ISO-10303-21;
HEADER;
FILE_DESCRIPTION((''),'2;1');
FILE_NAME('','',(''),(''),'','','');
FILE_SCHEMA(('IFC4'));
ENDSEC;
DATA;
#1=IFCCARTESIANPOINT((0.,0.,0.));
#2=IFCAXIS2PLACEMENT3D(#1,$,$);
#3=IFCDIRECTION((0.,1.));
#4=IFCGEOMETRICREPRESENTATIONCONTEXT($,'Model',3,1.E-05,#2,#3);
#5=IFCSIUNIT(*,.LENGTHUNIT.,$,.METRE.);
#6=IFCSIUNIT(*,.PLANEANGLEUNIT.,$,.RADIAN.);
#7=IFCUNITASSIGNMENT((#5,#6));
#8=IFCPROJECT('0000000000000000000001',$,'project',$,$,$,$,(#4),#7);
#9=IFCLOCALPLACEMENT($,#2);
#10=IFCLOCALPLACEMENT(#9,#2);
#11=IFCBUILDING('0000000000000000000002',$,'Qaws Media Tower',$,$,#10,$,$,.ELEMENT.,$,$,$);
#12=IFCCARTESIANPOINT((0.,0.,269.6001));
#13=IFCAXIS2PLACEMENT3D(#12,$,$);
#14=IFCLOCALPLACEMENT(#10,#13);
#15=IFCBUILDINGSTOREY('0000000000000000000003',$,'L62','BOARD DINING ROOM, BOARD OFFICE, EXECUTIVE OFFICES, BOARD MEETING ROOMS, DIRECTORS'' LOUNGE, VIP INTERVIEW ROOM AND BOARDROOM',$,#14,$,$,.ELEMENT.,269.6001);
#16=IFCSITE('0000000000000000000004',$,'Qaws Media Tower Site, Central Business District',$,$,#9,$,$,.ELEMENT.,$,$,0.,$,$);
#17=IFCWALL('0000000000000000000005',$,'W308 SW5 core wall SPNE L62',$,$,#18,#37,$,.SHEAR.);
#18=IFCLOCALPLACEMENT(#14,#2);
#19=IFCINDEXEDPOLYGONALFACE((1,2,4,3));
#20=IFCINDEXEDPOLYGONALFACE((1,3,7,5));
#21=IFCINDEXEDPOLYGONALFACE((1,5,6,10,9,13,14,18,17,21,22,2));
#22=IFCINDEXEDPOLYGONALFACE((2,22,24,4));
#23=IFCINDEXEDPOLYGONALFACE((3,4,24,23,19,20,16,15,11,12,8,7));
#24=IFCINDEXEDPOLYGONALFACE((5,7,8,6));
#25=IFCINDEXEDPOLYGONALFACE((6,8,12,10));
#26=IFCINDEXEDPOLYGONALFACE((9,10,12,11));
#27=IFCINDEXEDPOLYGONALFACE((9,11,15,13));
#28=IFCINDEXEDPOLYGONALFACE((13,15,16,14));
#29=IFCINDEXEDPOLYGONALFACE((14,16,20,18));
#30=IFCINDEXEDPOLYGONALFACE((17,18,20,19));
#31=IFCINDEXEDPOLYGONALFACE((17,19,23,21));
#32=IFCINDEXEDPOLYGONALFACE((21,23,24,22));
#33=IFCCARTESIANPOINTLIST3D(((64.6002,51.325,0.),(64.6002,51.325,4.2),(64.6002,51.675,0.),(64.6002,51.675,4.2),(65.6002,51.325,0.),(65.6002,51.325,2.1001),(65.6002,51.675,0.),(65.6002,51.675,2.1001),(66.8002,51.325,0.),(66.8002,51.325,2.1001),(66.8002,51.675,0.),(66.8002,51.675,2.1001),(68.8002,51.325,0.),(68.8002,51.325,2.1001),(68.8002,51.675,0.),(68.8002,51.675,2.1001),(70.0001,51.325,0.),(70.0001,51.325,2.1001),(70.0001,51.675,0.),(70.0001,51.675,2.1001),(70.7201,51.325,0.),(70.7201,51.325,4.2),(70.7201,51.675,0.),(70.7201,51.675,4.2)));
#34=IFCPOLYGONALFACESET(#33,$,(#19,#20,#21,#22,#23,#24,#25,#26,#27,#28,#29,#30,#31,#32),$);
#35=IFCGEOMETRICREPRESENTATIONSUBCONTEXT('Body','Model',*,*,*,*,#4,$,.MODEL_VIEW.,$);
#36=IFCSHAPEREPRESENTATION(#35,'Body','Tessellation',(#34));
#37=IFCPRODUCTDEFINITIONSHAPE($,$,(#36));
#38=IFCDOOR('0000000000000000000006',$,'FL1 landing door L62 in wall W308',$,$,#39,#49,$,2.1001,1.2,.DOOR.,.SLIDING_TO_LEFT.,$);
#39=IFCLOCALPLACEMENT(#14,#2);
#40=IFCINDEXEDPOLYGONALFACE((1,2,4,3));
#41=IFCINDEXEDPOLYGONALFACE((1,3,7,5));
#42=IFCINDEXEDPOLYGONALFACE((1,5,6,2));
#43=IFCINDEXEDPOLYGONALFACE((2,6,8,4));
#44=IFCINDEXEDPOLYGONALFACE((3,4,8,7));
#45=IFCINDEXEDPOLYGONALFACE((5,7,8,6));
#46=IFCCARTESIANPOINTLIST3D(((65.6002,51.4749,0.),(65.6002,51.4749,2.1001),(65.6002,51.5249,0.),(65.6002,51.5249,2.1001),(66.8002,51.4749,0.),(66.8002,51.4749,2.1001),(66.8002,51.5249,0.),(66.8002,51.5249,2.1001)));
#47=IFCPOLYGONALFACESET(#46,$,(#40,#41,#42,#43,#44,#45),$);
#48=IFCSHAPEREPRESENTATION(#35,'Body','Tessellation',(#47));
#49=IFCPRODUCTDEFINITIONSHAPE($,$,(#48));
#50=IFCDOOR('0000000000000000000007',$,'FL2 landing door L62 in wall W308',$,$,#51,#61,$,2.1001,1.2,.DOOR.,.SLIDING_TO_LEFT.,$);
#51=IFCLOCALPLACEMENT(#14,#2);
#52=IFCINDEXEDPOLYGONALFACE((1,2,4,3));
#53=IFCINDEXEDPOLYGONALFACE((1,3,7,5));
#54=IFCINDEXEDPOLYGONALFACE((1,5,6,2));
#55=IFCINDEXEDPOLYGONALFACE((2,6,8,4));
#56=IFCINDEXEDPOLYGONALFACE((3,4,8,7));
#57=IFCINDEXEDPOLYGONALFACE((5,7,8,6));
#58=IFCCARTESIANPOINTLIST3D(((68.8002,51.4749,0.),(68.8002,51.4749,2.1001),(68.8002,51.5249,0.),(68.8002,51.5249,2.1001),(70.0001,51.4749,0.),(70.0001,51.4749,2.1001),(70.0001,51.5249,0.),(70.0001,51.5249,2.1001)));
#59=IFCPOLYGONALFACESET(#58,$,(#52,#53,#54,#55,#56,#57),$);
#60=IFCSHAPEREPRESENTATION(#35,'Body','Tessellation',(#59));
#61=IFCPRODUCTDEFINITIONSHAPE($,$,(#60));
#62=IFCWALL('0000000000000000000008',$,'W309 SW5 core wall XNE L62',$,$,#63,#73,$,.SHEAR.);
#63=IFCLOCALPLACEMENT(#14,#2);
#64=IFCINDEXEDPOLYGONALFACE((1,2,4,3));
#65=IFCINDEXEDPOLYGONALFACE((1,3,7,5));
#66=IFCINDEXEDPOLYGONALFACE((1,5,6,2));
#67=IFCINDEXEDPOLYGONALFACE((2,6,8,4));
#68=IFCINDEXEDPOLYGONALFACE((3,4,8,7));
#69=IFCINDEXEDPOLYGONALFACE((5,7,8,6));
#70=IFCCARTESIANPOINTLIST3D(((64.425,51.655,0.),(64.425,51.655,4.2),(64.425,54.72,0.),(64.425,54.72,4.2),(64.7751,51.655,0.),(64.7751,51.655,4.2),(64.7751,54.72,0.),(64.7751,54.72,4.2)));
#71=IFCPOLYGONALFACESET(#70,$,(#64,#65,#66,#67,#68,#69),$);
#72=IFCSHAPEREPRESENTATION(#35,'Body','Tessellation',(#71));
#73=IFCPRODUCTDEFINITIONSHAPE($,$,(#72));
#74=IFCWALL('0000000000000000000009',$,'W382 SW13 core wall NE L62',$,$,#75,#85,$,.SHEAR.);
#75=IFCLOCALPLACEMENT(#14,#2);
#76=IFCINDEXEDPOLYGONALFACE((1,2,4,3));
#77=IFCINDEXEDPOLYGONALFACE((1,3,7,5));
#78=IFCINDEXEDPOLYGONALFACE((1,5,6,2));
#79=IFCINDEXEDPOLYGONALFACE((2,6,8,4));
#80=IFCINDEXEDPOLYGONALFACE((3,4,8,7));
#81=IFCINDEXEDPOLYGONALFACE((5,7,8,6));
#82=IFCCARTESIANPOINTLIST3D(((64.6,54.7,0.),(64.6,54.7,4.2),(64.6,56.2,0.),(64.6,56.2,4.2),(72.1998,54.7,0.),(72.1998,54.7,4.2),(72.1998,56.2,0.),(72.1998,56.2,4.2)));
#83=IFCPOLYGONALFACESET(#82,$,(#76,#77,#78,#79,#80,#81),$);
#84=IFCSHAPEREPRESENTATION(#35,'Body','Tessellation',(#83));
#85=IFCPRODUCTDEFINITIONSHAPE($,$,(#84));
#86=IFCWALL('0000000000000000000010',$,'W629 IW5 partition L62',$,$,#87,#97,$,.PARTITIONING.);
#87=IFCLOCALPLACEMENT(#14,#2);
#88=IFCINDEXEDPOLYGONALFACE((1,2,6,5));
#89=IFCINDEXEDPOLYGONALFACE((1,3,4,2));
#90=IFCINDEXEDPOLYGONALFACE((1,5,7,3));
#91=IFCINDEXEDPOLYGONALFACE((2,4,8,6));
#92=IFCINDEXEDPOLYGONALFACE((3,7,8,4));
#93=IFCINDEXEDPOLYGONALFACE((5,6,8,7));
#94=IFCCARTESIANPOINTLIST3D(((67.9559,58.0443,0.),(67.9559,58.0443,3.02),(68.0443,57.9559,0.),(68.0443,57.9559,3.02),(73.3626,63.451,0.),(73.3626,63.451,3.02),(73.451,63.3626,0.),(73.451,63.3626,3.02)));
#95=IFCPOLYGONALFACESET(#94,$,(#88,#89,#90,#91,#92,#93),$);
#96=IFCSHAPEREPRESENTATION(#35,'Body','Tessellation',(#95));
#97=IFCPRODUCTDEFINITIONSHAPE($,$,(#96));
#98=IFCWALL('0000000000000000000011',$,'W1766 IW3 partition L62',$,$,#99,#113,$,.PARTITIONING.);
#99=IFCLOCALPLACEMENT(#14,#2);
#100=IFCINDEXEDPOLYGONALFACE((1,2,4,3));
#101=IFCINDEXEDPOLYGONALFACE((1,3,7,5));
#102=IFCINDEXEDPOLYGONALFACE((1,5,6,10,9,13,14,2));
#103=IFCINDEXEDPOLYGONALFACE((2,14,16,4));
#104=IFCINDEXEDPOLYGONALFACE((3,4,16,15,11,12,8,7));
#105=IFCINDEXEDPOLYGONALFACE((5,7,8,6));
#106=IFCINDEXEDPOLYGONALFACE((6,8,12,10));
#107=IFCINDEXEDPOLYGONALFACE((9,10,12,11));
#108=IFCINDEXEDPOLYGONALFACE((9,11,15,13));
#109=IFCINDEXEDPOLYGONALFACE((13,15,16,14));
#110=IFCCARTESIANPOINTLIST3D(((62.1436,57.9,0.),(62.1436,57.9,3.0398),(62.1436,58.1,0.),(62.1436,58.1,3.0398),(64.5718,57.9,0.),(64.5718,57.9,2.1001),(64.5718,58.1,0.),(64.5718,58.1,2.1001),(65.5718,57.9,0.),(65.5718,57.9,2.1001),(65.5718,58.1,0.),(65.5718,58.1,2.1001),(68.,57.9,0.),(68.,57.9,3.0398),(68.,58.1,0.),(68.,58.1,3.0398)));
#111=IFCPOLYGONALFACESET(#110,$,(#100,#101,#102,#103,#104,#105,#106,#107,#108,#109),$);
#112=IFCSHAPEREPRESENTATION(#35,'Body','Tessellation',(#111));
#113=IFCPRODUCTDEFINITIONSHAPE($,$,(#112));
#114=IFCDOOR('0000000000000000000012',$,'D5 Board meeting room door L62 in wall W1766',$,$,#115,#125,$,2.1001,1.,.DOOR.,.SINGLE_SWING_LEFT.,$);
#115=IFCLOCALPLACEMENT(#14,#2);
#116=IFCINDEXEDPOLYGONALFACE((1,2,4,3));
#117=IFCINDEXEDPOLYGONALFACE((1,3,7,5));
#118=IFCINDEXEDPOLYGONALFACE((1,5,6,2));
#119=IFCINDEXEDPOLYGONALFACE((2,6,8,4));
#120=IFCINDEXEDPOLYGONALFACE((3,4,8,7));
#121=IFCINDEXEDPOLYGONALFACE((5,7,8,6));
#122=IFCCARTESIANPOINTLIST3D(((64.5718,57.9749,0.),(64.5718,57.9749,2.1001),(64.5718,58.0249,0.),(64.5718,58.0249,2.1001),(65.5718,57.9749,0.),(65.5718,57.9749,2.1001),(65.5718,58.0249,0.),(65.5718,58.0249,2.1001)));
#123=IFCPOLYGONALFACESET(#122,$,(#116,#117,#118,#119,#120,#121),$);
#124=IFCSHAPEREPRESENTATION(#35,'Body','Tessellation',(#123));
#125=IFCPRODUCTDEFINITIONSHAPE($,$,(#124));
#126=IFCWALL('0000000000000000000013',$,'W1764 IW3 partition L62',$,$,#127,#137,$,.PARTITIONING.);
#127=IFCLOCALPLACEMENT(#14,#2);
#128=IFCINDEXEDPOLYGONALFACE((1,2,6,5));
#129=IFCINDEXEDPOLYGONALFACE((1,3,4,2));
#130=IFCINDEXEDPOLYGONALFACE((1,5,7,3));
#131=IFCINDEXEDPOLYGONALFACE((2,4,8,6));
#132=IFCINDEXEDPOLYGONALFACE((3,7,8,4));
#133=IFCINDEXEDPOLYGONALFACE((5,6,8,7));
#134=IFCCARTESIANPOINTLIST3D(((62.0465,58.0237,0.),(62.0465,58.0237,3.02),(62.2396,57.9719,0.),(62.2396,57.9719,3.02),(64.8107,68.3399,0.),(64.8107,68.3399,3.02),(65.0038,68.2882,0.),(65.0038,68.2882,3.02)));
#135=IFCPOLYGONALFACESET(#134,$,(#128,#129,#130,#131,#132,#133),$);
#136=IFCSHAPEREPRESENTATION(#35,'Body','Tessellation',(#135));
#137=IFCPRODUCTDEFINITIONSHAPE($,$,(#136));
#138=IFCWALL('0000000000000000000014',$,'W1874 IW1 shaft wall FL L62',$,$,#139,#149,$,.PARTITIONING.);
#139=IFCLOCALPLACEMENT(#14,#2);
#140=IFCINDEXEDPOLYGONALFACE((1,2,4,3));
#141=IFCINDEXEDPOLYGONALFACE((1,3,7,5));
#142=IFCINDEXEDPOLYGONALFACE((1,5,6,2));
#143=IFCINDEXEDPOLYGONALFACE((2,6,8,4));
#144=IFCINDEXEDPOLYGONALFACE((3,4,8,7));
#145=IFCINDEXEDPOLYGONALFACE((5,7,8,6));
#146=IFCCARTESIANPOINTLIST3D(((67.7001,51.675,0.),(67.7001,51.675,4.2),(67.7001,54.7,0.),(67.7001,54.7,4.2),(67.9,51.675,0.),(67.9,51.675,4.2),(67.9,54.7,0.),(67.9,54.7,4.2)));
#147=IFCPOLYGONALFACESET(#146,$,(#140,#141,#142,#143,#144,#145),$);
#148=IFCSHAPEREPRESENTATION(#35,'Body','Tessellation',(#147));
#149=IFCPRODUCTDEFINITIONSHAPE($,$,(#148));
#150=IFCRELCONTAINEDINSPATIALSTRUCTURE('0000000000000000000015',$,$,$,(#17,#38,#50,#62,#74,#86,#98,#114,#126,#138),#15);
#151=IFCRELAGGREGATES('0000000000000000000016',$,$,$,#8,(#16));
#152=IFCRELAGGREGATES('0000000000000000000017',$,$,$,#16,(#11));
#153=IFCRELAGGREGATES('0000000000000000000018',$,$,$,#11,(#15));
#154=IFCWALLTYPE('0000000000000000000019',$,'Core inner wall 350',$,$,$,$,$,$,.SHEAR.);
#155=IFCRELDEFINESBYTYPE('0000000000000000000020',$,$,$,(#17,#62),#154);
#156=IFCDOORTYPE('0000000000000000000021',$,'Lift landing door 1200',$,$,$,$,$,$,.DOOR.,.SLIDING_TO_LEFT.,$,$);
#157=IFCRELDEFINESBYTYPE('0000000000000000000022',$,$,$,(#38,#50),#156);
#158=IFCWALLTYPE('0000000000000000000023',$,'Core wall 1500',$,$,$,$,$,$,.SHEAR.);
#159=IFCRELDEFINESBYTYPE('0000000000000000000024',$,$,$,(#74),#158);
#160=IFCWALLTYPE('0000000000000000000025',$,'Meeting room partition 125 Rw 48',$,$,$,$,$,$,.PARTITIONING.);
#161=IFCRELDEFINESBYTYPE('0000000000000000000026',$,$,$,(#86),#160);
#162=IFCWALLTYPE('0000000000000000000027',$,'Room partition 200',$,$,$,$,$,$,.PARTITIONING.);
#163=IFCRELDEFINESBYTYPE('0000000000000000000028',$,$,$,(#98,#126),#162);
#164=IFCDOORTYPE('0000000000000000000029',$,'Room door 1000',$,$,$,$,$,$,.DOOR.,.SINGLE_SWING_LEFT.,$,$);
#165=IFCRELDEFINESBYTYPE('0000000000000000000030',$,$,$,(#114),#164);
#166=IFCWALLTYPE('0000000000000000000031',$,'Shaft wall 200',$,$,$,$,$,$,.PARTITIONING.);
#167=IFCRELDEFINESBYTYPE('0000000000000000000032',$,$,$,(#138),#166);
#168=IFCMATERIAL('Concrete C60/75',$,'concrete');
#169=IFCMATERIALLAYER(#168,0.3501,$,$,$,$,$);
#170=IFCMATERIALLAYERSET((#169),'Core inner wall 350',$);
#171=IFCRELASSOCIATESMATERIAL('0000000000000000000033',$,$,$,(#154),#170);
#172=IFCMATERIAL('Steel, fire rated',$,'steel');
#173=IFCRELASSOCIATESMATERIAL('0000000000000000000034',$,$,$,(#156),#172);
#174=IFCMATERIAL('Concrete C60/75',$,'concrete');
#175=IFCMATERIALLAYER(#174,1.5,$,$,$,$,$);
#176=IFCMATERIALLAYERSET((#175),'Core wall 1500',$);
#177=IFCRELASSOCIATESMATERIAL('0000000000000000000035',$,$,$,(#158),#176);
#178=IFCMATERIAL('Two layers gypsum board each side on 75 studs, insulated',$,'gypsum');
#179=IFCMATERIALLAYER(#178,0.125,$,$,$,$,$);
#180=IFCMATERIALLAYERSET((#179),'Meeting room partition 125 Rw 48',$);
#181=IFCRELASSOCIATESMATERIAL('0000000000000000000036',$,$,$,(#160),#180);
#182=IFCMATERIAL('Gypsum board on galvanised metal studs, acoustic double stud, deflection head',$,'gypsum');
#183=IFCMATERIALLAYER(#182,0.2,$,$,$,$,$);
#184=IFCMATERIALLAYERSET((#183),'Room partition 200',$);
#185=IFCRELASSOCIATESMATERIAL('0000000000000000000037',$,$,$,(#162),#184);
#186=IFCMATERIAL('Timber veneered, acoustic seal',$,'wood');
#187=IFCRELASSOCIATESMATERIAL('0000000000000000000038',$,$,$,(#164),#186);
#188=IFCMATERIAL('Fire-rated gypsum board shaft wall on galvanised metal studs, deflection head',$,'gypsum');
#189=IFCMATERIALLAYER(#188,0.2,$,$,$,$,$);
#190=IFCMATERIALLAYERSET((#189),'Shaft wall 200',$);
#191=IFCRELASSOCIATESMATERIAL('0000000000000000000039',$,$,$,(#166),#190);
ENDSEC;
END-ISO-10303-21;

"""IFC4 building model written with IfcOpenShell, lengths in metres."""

from ifc_helpers import new_model, si_unit, direction, frame, frame_2d, origin, place, context, subcontext, project, spatial, rectangle, extrude, material, layer, layer_set, type_object, element, fill, save


model = new_model("IFC4")

# Units and contexts
model_context = context("Model", 3, precision=1e-05, world=origin(), true_north=direction((0.0, 1.0)))
body_context = subcontext(model_context, "Body", "Model", "MODEL_VIEW")
ifc_project = project(units=[si_unit("LENGTHUNIT", "METRE"), si_unit("PLANEANGLEUNIT", "RADIAN")], contexts=[model_context])

# Site, building, storey
site_placement = place(None, origin())
site = spatial("IfcSite", under=ifc_project, at=site_placement, Name="Qaws Media Tower Site, Central Business District", CompositionType="ELEMENT", RefElevation=0.0)
building_placement = place(site_placement, origin())
building = spatial("IfcBuilding", under=site, at=building_placement, Name="Qaws Media Tower", CompositionType="ELEMENT")
storey_placement = place(building_placement, frame((0.0, 0.0, 269.6001)))
storey = spatial("IfcBuildingStorey", under=building, at=storey_placement, Name="L62", Description="BOARD DINING ROOM, BOARD OFFICE, EXECUTIVE OFFICES, BOARD MEETING ROOMS, DIRECTORS' LOUNGE, VIP INTERVIEW ROOM AND BOARDROOM", CompositionType="ELEMENT", Elevation=269.6001)

# Wall, openings, doors
ifc_material_1 = material(Name="Concrete C60/75", Category="concrete")
ifc_layer_1 = layer(ifc_material_1, 0.3501)
ifc_layer_set_1 = layer_set([ifc_layer_1], Name="Core inner wall 350")
wall_type_1 = type_object("IfcWallType", Name="Core inner wall 350", PredefinedType="SHEAR", material=ifc_layer_set_1)
wall_1_placement = place(storey_placement, frame((64.6001, 51.5, 0.0), z_axis=(0.0, 0.0, 1.0), x_axis=(1.0, 0.0, 0.0)))
wall_1 = element("IfcWall", 1, at=wall_1_placement, inside=storey, type_object=wall_type_1, Name="W308 SW5 core wall SPNE L62", PredefinedType="SHEAR", context=body_context, shape_type="SweptSolid", body=[
    extrude(rectangle(XDim=6.1199, YDim=0.3501, at=frame_2d((3.0601, 0.0))), origin(), (0.0, 0.0, 1.0), 4.2),
])
opening_1_placement = place(wall_1_placement, frame((1.0, 0.0, 0.0)))
opening_1 = element("IfcOpeningElement", 2, at=opening_1_placement, cuts=wall_1, PredefinedType="OPENING", context=body_context, shape_type="SweptSolid", body=[
    extrude(rectangle(XDim=1.2, YDim=2.1001, at=frame_2d((0.6001, 1.05))), frame((0.0, 0.1851, 0.0), z_axis=(0.0, -1.0, 0.0), x_axis=(1.0, 0.0, 0.0)), (0.0, 0.0, 1.0), 0.3701),
])
opening_2_placement = place(wall_1_placement, frame((4.2, 0.0, 0.0)))
opening_2 = element("IfcOpeningElement", 3, at=opening_2_placement, cuts=wall_1, PredefinedType="OPENING", context=body_context, shape_type="SweptSolid", body=[
    extrude(rectangle(XDim=1.2, YDim=2.1001, at=frame_2d((0.6001, 1.05))), frame((0.0, 0.1851, 0.0), z_axis=(0.0, -1.0, 0.0), x_axis=(1.0, 0.0, 0.0)), (0.0, 0.0, 1.0), 0.3701),
])
ifc_material_2 = material(Name="Steel, fire rated", Category="steel")
door_type_1 = type_object("IfcDoorType", Name="Lift landing door 1200", OperationType="SLIDING_TO_LEFT", PredefinedType="DOOR", material=ifc_material_2)
door_1_placement = place(opening_1_placement, origin())
door_1 = element("IfcDoor", 4, at=door_1_placement, inside=storey, type_object=door_type_1, Name="FL1 landing door L62 in wall W308", OperationType="SLIDING_TO_LEFT", OverallHeight=2.1001, OverallWidth=1.2, PredefinedType="DOOR", context=body_context, shape_type="SweptSolid", body=[
    extrude(rectangle(XDim=1.2, YDim=2.1001, at=frame_2d((0.6001, 1.05))), frame((0.0, 0.0249, 0.0), z_axis=(0.0, -1.0, 0.0), x_axis=(1.0, 0.0, 0.0)), (0.0, 0.0, 1.0), 0.05),
])
fill(opening_1, door_1)
door_2_placement = place(opening_2_placement, origin())
door_2 = element("IfcDoor", 5, at=door_2_placement, inside=storey, type_object=door_type_1, Name="FL2 landing door L62 in wall W308", OperationType="SLIDING_TO_LEFT", OverallHeight=2.1001, OverallWidth=1.2, PredefinedType="DOOR", context=body_context, shape_type="SweptSolid", body=[
    extrude(rectangle(XDim=1.2, YDim=2.1001, at=frame_2d((0.6001, 1.05))), frame((0.0, 0.0249, 0.0), z_axis=(0.0, -1.0, 0.0), x_axis=(1.0, 0.0, 0.0)), (0.0, 0.0, 1.0), 0.05),
])
fill(opening_2, door_2)

# Walls
wall_2_placement = place(storey_placement, frame((64.6001, 51.655, 0.0), z_axis=(0.0, 0.0, 1.0), x_axis=(0.0, 1.0, 0.0)))
element("IfcWall", 6, at=wall_2_placement, inside=storey, type_object=wall_type_1, Name="W309 SW5 core wall XNE L62", PredefinedType="SHEAR", context=body_context, shape_type="SweptSolid", body=[
    extrude(rectangle(XDim=3.0649, YDim=0.3501, at=frame_2d((1.5325, 0.0))), origin(), (0.0, 0.0, 1.0), 4.2),
])
ifc_material_3 = material(Name="Concrete C60/75", Category="concrete")
ifc_layer_2 = layer(ifc_material_3, 1.5)
ifc_layer_set_2 = layer_set([ifc_layer_2], Name="Core wall 1500")
wall_type_2 = type_object("IfcWallType", Name="Core wall 1500", PredefinedType="SHEAR", material=ifc_layer_set_2)
wall_3_placement = place(storey_placement, frame((64.6001, 55.45, 0.0), z_axis=(0.0, 0.0, 1.0), x_axis=(1.0, 0.0, 0.0)))
element("IfcWall", 7, at=wall_3_placement, inside=storey, type_object=wall_type_2, Name="W382 SW13 core wall NE L62", PredefinedType="SHEAR", context=body_context, shape_type="SweptSolid", body=[
    extrude(rectangle(XDim=7.5999, YDim=1.5, at=frame_2d((3.7998, 0.0))), origin(), (0.0, 0.0, 1.0), 4.2),
])
ifc_material_4 = material(Name="Two layers gypsum board each side on 75 studs, insulated", Category="gypsum")
ifc_layer_3 = layer(ifc_material_4, 0.125)
ifc_layer_set_3 = layer_set([ifc_layer_3], Name="Meeting room partition 125 Rw 48")
wall_type_3 = type_object("IfcWallType", Name="Meeting room partition 125 Rw 48", PredefinedType="PARTITIONING", material=ifc_layer_set_3)
wall_4_placement = place(storey_placement, frame((68.0, 58.0, 0.0), z_axis=(0.0, 0.0, 1.0), x_axis=(0.707107, 0.707107, 0.0)))
element("IfcWall", 8, at=wall_4_placement, inside=storey, type_object=wall_type_3, Name="W629 IW5 partition L62", PredefinedType="PARTITIONING", context=body_context, shape_type="SweptSolid", body=[
    extrude(rectangle(XDim=7.6462, YDim=0.125, at=frame_2d((3.8232, 0.0))), origin(), (0.0, 0.0, 1.0), 3.02),
])

# Wall, opening, door
ifc_material_5 = material(Name="Gypsum board on galvanised metal studs, acoustic double stud, deflection head", Category="gypsum")
ifc_layer_4 = layer(ifc_material_5, 0.2)
ifc_layer_set_4 = layer_set([ifc_layer_4], Name="Room partition 200")
wall_type_4 = type_object("IfcWallType", Name="Room partition 200", PredefinedType="PARTITIONING", material=ifc_layer_set_4)
wall_5_placement = place(storey_placement, frame((62.1436, 58.0, 0.0), z_axis=(0.0, 0.0, 1.0), x_axis=(1.0, 0.0, 0.0)))
wall_5 = element("IfcWall", 9, at=wall_5_placement, inside=storey, type_object=wall_type_4, Name="W1766 IW3 partition L62", PredefinedType="PARTITIONING", context=body_context, shape_type="SweptSolid", body=[
    extrude(rectangle(XDim=5.8564, YDim=0.2, at=frame_2d((2.9282, 0.0))), origin(), (0.0, 0.0, 1.0), 3.0398),
])
opening_3_placement = place(wall_5_placement, frame((2.4282, 0.0, 0.0)))
opening_3 = element("IfcOpeningElement", 10, at=opening_3_placement, cuts=wall_5, PredefinedType="OPENING", context=body_context, shape_type="SweptSolid", body=[
    extrude(rectangle(XDim=1.0, YDim=2.1001, at=frame_2d((0.5, 1.05))), frame((0.0, 0.1099, 0.0), z_axis=(0.0, -1.0, 0.0), x_axis=(1.0, 0.0, 0.0)), (0.0, 0.0, 1.0), 0.22),
])
ifc_material_6 = material(Name="Timber veneered, acoustic seal", Category="wood")
door_type_2 = type_object("IfcDoorType", Name="Room door 1000", OperationType="SINGLE_SWING_LEFT", PredefinedType="DOOR", material=ifc_material_6)
door_3_placement = place(opening_3_placement, origin())
door_3 = element("IfcDoor", 11, at=door_3_placement, inside=storey, type_object=door_type_2, Name="D5 Board meeting room door L62 in wall W1766", OperationType="SINGLE_SWING_LEFT", OverallHeight=2.1001, OverallWidth=1.0, PredefinedType="DOOR", context=body_context, shape_type="SweptSolid", body=[
    extrude(rectangle(XDim=1.0, YDim=2.1001, at=frame_2d((0.5, 1.05))), frame((0.0, 0.0249, 0.0), z_axis=(0.0, -1.0, 0.0), x_axis=(1.0, 0.0, 0.0)), (0.0, 0.0, 1.0), 0.05),
])
fill(opening_3, door_3)

# Walls
wall_6_placement = place(storey_placement, frame((62.1431, 57.9978, 0.0), z_axis=(0.0, 0.0, 1.0), x_axis=(0.258815, 0.965927, 0.0)))
element("IfcWall", 12, at=wall_6_placement, inside=storey, type_object=wall_type_4, Name="W1764 IW3 partition L62", PredefinedType="PARTITIONING", context=body_context, shape_type="SweptSolid", body=[
    extrude(rectangle(XDim=10.6802, YDim=0.2, at=frame_2d((5.3401, 0.0))), origin(), (0.0, 0.0, 1.0), 3.02),
])
ifc_material_7 = material(Name="Fire-rated gypsum board shaft wall on galvanised metal studs, deflection head", Category="gypsum")
ifc_layer_5 = layer(ifc_material_7, 0.2)
ifc_layer_set_5 = layer_set([ifc_layer_5], Name="Shaft wall 200")
wall_type_5 = type_object("IfcWallType", Name="Shaft wall 200", PredefinedType="PARTITIONING", material=ifc_layer_set_5)
wall_7_placement = place(storey_placement, frame((67.8, 51.675, 0.0), z_axis=(0.0, 0.0, 1.0), x_axis=(0.0, 1.0, 0.0)))
element("IfcWall", 13, at=wall_7_placement, inside=storey, type_object=wall_type_5, Name="W1874 IW1 shaft wall FL L62", PredefinedType="PARTITIONING", context=body_context, shape_type="SweptSolid", body=[
    extrude(rectangle(XDim=3.0249, YDim=0.2, at=frame_2d((1.5125, 0.0))), origin(), (0.0, 0.0, 1.0), 4.2),
])

save(model, "model.ifc")
